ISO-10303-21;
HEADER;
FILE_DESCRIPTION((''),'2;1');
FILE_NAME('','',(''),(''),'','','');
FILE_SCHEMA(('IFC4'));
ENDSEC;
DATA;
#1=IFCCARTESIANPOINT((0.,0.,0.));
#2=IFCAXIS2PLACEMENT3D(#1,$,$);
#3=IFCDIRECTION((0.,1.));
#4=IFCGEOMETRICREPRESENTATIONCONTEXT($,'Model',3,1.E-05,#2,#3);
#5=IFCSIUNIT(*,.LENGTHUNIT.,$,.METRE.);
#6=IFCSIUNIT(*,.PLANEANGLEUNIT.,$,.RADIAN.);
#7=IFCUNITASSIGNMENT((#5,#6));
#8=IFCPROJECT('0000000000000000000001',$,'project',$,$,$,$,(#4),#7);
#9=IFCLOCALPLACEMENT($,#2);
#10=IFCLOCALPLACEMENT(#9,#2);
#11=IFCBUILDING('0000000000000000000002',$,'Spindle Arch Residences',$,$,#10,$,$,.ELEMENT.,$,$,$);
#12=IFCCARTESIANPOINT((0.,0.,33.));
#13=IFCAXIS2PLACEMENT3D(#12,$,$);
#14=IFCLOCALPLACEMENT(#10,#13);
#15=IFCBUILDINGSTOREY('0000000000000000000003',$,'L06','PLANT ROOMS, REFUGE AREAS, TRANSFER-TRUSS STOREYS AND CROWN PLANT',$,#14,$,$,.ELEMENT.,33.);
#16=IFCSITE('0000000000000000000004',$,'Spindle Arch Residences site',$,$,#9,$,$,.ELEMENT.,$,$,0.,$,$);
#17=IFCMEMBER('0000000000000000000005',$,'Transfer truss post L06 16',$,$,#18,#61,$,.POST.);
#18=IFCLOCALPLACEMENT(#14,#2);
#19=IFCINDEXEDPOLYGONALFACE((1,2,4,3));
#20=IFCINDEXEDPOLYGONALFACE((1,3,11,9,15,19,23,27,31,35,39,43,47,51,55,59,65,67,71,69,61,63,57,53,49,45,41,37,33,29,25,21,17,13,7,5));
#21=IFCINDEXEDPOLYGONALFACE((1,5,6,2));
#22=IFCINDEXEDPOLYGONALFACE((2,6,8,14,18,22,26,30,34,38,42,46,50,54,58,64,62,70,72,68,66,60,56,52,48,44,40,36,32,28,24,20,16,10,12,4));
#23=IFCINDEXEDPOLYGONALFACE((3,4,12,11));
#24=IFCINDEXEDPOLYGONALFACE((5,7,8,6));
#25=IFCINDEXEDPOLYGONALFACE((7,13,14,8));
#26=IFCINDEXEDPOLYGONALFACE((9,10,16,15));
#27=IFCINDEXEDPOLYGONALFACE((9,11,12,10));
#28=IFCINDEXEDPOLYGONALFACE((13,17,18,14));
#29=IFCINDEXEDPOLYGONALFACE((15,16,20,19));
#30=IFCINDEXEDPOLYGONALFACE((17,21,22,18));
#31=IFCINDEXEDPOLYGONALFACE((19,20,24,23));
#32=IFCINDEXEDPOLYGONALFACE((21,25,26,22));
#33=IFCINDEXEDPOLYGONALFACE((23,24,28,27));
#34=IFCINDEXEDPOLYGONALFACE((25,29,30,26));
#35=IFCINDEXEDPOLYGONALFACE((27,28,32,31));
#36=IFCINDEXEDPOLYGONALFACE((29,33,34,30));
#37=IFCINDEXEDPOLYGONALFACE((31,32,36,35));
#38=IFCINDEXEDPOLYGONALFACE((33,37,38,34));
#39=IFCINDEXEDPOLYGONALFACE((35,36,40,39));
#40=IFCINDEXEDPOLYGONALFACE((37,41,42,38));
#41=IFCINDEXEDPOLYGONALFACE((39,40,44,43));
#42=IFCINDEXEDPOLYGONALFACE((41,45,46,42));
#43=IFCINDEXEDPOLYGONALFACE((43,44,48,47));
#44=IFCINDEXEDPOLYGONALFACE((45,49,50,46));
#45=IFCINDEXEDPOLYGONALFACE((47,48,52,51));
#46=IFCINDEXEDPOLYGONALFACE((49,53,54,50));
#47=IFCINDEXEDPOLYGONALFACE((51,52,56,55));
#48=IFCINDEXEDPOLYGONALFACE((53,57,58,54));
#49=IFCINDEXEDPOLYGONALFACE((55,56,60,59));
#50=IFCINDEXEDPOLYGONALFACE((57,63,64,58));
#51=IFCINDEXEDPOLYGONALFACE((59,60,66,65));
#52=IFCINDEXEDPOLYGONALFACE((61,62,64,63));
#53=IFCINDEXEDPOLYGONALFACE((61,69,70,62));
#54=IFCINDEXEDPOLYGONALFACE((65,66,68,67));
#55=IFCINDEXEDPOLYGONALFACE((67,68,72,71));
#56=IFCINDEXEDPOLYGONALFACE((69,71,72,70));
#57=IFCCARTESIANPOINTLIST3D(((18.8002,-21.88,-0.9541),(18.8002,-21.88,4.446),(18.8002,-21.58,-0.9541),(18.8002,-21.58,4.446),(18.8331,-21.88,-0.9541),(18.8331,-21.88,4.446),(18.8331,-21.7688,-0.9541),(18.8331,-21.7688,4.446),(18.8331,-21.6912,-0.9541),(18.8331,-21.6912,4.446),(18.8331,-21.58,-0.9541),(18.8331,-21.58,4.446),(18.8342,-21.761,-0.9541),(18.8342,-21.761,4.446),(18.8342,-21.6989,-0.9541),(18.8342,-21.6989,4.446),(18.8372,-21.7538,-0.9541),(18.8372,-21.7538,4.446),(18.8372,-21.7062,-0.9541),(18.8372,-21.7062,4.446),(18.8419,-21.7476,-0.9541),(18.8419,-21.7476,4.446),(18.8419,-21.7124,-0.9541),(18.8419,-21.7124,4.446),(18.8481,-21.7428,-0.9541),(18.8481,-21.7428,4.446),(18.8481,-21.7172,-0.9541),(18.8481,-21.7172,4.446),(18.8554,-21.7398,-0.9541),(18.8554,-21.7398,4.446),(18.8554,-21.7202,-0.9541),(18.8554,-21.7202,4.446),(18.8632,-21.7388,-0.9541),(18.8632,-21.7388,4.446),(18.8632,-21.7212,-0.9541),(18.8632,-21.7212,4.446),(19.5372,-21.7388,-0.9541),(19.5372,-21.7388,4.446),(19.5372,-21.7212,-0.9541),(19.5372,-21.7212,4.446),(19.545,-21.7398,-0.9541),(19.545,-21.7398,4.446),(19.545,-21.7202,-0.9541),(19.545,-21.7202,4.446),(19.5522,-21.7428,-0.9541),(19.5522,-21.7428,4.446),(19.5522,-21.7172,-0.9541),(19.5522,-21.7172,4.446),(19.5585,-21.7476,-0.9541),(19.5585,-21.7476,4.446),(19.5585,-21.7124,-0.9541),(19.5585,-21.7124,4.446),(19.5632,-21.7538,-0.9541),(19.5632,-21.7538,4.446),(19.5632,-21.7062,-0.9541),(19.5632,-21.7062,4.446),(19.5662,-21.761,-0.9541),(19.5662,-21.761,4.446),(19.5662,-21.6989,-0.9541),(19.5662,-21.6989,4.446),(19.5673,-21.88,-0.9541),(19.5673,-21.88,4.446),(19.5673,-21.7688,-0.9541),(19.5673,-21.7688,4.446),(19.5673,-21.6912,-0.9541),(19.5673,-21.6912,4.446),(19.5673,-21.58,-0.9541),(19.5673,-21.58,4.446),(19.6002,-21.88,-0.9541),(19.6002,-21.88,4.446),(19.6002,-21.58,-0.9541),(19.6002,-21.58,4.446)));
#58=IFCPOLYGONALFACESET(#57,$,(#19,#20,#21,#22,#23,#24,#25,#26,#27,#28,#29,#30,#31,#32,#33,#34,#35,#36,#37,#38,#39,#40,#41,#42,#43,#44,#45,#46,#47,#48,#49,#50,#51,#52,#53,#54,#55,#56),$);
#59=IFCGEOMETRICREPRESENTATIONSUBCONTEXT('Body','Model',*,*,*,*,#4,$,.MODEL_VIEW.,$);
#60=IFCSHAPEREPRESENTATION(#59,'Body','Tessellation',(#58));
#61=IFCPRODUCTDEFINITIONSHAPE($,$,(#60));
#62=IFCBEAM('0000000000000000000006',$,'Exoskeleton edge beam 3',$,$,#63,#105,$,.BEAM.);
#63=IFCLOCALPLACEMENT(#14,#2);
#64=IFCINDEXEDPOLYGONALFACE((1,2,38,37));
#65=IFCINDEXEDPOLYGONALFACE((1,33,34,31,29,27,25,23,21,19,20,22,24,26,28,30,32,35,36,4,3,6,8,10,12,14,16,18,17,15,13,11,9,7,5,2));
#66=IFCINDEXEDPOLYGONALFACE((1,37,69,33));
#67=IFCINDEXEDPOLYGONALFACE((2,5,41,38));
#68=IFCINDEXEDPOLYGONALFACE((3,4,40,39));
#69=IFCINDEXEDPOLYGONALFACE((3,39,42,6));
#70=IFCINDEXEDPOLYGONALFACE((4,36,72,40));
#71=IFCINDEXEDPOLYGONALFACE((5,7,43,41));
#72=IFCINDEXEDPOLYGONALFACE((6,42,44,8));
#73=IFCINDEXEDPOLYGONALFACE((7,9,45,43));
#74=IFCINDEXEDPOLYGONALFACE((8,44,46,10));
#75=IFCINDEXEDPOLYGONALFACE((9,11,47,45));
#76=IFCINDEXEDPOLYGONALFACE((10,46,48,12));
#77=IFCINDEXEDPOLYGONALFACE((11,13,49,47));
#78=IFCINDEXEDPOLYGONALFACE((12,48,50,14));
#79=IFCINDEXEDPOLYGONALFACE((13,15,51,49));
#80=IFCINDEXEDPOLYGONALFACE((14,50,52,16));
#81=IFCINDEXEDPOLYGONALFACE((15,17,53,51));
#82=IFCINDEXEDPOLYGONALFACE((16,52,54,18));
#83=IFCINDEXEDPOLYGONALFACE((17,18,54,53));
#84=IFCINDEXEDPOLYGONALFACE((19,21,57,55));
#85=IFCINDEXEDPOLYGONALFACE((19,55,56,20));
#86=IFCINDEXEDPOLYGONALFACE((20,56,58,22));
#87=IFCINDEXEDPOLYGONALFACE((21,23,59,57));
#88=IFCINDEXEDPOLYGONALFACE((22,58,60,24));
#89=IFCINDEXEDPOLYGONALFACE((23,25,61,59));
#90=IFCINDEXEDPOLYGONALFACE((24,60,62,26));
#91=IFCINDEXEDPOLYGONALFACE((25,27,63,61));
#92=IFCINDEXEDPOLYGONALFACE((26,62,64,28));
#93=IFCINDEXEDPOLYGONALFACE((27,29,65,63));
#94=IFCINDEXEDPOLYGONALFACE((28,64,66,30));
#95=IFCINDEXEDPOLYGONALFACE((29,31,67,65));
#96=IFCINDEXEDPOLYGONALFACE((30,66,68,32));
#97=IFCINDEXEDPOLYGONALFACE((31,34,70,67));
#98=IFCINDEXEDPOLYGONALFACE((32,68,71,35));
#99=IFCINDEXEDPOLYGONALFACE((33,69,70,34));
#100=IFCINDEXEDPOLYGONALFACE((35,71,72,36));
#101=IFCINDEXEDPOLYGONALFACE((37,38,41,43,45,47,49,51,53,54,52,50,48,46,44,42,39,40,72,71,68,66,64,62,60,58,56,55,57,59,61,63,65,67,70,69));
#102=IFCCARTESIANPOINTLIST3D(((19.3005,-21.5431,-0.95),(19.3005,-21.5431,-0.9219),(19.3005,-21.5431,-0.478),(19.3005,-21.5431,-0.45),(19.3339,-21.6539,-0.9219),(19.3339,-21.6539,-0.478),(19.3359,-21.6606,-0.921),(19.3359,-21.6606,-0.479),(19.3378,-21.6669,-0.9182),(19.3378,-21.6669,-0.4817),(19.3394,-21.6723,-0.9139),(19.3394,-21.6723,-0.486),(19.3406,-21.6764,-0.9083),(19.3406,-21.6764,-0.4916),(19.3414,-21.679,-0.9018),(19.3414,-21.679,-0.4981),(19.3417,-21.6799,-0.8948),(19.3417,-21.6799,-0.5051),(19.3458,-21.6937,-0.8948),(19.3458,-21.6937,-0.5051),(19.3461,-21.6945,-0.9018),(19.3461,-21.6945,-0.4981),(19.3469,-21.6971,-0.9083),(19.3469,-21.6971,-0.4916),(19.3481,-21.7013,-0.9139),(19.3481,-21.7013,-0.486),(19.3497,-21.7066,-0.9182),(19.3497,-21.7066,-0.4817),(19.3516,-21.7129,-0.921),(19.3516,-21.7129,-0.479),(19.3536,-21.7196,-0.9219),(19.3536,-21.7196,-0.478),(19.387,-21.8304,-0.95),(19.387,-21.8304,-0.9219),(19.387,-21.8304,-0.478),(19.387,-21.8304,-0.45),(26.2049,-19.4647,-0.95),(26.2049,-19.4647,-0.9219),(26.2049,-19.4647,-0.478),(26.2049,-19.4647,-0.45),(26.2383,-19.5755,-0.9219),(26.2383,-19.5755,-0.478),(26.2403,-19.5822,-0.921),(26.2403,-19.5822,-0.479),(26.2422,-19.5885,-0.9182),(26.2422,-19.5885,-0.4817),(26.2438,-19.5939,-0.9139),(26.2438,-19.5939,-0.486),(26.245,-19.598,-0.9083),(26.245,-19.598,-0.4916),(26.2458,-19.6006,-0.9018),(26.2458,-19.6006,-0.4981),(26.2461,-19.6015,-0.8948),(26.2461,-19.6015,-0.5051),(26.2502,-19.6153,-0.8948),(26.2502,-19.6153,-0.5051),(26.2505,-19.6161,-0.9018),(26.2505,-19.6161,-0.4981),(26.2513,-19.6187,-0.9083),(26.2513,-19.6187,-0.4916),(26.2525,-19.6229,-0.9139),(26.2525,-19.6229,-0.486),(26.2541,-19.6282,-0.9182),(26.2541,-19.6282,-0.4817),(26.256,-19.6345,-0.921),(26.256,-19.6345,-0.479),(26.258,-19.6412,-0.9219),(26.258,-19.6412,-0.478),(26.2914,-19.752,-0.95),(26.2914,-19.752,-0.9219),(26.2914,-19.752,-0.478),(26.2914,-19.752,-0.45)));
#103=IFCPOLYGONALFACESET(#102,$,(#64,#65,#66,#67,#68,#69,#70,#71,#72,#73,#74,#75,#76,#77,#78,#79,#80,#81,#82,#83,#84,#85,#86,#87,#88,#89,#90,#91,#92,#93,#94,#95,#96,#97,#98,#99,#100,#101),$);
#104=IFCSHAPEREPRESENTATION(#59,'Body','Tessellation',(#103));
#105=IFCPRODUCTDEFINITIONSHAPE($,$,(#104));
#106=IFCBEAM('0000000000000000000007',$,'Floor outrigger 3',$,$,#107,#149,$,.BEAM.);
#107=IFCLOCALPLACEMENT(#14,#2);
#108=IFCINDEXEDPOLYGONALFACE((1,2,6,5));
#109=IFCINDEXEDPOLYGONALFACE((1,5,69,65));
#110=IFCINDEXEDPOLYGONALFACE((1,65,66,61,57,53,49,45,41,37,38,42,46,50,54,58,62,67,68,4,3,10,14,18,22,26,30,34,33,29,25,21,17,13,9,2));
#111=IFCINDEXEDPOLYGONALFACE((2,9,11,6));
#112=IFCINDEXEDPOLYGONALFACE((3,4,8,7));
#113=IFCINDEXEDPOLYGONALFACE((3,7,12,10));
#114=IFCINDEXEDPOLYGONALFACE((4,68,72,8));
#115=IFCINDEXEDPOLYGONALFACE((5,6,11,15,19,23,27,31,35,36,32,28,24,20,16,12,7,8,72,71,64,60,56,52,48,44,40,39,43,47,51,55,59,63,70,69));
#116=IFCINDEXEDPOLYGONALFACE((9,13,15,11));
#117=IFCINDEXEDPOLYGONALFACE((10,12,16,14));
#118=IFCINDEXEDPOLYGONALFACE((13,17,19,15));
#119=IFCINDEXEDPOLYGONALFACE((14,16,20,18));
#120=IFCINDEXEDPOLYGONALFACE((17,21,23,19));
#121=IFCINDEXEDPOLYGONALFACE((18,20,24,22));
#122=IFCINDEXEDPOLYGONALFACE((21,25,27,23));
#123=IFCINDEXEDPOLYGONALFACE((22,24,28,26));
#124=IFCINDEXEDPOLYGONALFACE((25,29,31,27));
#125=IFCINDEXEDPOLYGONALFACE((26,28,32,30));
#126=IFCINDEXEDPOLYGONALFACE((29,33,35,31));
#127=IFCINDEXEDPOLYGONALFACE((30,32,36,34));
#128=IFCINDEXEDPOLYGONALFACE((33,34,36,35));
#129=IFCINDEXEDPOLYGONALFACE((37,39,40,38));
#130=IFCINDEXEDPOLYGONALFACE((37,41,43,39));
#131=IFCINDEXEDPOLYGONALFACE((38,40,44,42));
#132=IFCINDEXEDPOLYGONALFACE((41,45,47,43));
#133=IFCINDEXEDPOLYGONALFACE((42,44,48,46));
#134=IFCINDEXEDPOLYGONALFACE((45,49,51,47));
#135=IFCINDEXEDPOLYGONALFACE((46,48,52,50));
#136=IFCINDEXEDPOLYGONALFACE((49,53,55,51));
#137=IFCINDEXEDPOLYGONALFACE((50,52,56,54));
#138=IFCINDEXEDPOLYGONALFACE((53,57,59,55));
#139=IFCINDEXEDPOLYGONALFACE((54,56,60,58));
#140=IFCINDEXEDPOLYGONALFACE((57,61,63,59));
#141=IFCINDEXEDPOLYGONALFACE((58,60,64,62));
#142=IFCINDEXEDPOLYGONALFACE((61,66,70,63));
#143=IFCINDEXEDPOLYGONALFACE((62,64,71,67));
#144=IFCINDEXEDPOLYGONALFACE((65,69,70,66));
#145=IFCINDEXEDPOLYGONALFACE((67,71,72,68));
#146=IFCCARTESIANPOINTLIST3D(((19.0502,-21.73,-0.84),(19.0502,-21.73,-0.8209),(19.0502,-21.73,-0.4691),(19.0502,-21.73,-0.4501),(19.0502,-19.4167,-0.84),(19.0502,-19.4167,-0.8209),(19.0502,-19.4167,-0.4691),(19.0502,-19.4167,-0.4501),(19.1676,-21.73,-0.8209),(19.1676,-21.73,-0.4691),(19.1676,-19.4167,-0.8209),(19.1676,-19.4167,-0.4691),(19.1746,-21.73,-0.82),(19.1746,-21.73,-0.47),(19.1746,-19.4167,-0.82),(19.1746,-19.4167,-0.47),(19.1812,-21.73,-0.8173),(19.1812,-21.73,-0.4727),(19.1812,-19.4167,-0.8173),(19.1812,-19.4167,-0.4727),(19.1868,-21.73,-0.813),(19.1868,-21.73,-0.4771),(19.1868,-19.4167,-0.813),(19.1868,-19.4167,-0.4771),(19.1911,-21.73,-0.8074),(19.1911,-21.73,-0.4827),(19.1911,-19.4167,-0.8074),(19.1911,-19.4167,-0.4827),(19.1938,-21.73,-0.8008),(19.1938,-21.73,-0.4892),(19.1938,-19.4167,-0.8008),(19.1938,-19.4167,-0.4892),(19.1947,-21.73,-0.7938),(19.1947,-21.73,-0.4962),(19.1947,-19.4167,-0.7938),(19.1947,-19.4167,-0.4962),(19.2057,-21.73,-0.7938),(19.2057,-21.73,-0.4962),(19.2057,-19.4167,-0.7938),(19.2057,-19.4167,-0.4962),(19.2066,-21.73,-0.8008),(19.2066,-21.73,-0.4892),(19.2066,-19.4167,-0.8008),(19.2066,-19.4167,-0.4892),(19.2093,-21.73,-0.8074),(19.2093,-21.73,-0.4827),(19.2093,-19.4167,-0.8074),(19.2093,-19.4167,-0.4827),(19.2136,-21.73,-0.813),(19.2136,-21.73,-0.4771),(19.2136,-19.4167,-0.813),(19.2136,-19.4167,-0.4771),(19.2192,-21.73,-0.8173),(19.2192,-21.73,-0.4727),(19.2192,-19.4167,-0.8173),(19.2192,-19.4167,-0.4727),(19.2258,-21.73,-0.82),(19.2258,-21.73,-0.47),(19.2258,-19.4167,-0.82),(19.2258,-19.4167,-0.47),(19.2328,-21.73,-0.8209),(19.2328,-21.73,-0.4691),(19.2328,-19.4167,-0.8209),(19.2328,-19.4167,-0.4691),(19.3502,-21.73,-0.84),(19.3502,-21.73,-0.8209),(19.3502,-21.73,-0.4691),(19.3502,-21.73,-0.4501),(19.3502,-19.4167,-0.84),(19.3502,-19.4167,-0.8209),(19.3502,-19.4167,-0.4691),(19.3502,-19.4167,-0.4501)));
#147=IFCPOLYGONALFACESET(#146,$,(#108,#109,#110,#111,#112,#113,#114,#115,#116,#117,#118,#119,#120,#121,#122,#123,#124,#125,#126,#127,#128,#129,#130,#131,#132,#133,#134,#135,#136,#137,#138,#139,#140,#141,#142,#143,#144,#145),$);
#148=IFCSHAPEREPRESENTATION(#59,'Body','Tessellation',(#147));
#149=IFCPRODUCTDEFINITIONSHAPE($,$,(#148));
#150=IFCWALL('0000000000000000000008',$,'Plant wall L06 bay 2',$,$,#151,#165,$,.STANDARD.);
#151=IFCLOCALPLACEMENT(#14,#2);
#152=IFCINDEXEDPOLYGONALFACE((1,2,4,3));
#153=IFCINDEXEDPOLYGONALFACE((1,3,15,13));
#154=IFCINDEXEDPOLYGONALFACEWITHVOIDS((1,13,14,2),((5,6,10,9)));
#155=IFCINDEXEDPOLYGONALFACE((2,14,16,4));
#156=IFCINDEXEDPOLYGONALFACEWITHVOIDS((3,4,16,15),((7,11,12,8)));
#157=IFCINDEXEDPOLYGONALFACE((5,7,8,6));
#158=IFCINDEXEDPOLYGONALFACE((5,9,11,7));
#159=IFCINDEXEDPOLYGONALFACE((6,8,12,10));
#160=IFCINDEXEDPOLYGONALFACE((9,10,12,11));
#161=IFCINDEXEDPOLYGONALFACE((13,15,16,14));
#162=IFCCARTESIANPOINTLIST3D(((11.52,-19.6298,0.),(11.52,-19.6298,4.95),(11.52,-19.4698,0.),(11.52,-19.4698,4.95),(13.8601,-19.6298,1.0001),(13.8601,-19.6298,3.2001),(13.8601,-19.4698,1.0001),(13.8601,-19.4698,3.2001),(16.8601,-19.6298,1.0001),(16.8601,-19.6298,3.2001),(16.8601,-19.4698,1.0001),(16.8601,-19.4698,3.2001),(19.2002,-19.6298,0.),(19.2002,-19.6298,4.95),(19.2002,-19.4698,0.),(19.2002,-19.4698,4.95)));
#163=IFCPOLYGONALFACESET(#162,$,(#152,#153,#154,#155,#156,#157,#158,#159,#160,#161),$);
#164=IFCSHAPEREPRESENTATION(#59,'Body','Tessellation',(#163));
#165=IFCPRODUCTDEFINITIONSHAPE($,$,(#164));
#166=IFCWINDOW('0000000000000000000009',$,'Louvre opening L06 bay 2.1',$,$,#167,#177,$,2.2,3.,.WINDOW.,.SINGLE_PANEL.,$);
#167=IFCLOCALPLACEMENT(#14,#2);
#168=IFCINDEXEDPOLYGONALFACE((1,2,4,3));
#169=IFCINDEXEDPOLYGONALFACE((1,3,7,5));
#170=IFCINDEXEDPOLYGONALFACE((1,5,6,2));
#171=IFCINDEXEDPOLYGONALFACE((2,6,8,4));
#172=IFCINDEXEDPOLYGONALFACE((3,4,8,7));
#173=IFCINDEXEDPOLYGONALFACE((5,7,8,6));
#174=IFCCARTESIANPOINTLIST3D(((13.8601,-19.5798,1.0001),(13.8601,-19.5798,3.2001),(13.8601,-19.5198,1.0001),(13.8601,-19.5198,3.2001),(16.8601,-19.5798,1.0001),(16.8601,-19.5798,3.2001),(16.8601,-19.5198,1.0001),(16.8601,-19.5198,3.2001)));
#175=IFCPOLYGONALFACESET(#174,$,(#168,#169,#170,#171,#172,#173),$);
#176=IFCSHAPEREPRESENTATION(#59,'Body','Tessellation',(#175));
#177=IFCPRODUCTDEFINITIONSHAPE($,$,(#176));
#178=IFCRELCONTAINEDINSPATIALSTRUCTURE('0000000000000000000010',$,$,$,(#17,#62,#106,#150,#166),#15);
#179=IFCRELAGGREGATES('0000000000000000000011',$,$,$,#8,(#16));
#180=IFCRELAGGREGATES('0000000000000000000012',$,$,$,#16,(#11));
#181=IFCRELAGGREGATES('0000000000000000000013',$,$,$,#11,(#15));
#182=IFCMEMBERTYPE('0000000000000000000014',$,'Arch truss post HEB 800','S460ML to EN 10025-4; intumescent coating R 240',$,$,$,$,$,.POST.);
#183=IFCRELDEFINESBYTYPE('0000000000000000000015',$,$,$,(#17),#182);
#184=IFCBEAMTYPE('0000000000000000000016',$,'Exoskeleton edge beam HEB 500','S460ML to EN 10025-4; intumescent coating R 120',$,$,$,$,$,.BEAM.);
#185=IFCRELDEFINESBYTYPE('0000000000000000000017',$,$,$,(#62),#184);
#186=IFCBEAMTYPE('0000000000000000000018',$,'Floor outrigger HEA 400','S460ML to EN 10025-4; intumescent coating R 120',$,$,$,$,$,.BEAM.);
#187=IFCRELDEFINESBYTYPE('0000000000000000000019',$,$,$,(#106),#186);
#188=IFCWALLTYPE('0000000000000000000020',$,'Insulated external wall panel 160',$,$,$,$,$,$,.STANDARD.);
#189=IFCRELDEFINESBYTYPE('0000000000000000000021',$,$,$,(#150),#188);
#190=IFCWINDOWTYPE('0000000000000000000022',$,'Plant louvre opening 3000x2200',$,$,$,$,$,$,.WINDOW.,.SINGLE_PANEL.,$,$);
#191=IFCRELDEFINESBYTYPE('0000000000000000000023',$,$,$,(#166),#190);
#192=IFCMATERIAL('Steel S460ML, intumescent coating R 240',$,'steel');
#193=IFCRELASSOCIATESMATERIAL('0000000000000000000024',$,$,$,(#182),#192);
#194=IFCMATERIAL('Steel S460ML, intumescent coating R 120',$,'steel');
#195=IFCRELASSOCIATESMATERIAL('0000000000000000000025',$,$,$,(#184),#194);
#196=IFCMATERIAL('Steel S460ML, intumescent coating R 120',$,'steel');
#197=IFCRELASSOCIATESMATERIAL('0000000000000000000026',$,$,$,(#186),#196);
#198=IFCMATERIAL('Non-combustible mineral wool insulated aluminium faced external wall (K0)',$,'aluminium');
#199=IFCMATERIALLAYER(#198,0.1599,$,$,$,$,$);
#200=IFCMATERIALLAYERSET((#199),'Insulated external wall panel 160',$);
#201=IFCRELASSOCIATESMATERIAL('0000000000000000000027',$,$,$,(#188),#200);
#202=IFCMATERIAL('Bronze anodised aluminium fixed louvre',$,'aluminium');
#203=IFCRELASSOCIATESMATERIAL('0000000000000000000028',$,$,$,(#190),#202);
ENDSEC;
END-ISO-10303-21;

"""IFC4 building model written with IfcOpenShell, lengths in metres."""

from ifc_helpers import new_model, si_unit, direction, frame, frame_2d, origin, origin_2d, place, context, subcontext, project, spatial, rectangle, i_section, extrude, material, layer, layer_set, material_profile, profile_set, type_object, element, fill, save


model = new_model("IFC4")

# Units and contexts
model_context = context("Model", 3, precision=1e-05, world=origin(), true_north=direction((0.0, 1.0)))
body_context = subcontext(model_context, "Body", "Model", "MODEL_VIEW")
ifc_project = project(units=[si_unit("LENGTHUNIT", "METRE"), si_unit("PLANEANGLEUNIT", "RADIAN")], contexts=[model_context])

# Site, building, storey
site_placement = place(None, origin())
site = spatial("IfcSite", under=ifc_project, at=site_placement, Name="Spindle Arch Residences site", CompositionType="ELEMENT", RefElevation=0.0)
building_placement = place(site_placement, origin())
building = spatial("IfcBuilding", under=site, at=building_placement, Name="Spindle Arch Residences", CompositionType="ELEMENT")
storey_placement = place(building_placement, frame((0.0, 0.0, 33.0)))
storey = spatial("IfcBuildingStorey", under=building, at=storey_placement, Name="L06", Description="PLANT ROOMS, REFUGE AREAS, TRANSFER-TRUSS STOREYS AND CROWN PLANT", CompositionType="ELEMENT", Elevation=33.0)

# Member
ifc_material_1 = material(Name="Steel S460ML, intumescent coating R 240", Category="steel")
ifc_material_profile_1 = material_profile(ifc_material_1, i_section(OverallWidth=0.3, OverallDepth=0.8, WebThickness=0.0176, FlangeThickness=0.033, FilletRadius=0.03, at=origin_2d()), Name="HEB 800")
ifc_profile_set_1 = profile_set([ifc_material_profile_1], Name="Steel S460ML, intumescent coating R 240")
member_type_1 = type_object("IfcMemberType", Name="Arch truss post HEB 800", Description="S460ML to EN 10025-4; intumescent coating R 240", PredefinedType="POST", material=ifc_profile_set_1)
for number, where, z_axis, x_axis, name in (
    (1, (19.2002, -21.73, -0.9541), (0.0, 0.0, 1.0), (0.0, 1.0, 0.0), "Transfer truss post L06 16"),
):
    element("IfcMember", number, at=place(storey_placement, frame(where, z_axis=z_axis, x_axis=x_axis)), inside=storey, type_object=member_type_1, Name=name, PredefinedType="POST", context=body_context, shape_type="SweptSolid", body=[
        extrude(i_section(OverallWidth=0.3, OverallDepth=0.8, WebThickness=0.0176, FlangeThickness=0.033, FilletRadius=0.03, at=origin_2d()), origin(), (0.0, 0.0, 1.0), 5.4001),
    ])

# Beams
ifc_material_2 = material(Name="Steel S460ML, intumescent coating R 120", Category="steel")
ifc_material_profile_2 = material_profile(ifc_material_2, i_section(OverallWidth=0.3, OverallDepth=0.5, WebThickness=0.0144, FlangeThickness=0.0281, FilletRadius=0.0271, at=origin_2d()), Name="HEB 500")
ifc_profile_set_2 = profile_set([ifc_material_profile_2], Name="Steel S460ML, intumescent coating R 120")
beam_type_1 = type_object("IfcBeamType", Name="Exoskeleton edge beam HEB 500", Description="S460ML to EN 10025-4; intumescent coating R 120", PredefinedType="BEAM", material=ifc_profile_set_2)
beam_1_placement = place(storey_placement, frame((19.3438, -21.6868, -0.7), z_axis=(0.957556, 0.288249, 0.0), x_axis=(-0.288249, 0.957556, 0.0)))
element("IfcBeam", 2, at=beam_1_placement, inside=storey, type_object=beam_type_1, Name="Exoskeleton edge beam 3", PredefinedType="BEAM", context=body_context, shape_type="SweptSolid", body=[
    extrude(i_section(OverallWidth=0.3, OverallDepth=0.5, WebThickness=0.0144, FlangeThickness=0.0281, FilletRadius=0.0271, at=origin_2d()), origin(), (0.0, 0.0, 1.0), 7.2104),
])
ifc_material_3 = material(Name="Steel S460ML, intumescent coating R 120", Category="steel")
ifc_material_profile_3 = material_profile(ifc_material_3, i_section(OverallWidth=0.3, OverallDepth=0.3899, WebThickness=0.011, FlangeThickness=0.019, FilletRadius=0.0271, at=origin_2d()), Name="HEA 400")
ifc_profile_set_3 = profile_set([ifc_material_profile_3], Name="Steel S460ML, intumescent coating R 120")
beam_type_2 = type_object("IfcBeamType", Name="Floor outrigger HEA 400", Description="S460ML to EN 10025-4; intumescent coating R 120", PredefinedType="BEAM", material=ifc_profile_set_3)
beam_2_placement = place(storey_placement, frame((19.2002, -21.73, -0.645), z_axis=(0.0, 1.0, 0.0), x_axis=(-1.0, 0.0, 0.0)))
element("IfcBeam", 3, at=beam_2_placement, inside=storey, type_object=beam_type_2, Name="Floor outrigger 3", PredefinedType="BEAM", context=body_context, shape_type="SweptSolid", body=[
    extrude(i_section(OverallWidth=0.3, OverallDepth=0.3899, WebThickness=0.011, FlangeThickness=0.019, FilletRadius=0.0271, at=origin_2d()), origin(), (0.0, 0.0, 1.0), 2.3132),
])

# Wall, opening, window
ifc_material_4 = material(Name="Non-combustible mineral wool insulated aluminium faced external wall (K0)", Category="aluminium")
ifc_layer_1 = layer(ifc_material_4, 0.1599)
ifc_layer_set_1 = layer_set([ifc_layer_1], Name="Insulated external wall panel 160")
wall_type_1 = type_object("IfcWallType", Name="Insulated external wall panel 160", PredefinedType="STANDARD", material=ifc_layer_set_1)
wall_1_placement = place(storey_placement, frame((11.52, -19.5498, 0.0), z_axis=(0.0, 0.0, 1.0), x_axis=(1.0, 0.0, 0.0)))
wall_1 = element("IfcWall", 4, at=wall_1_placement, inside=storey, type_object=wall_type_1, Name="Plant wall L06 bay 2", PredefinedType="STANDARD", context=body_context, shape_type="SweptSolid", body=[
    extrude(rectangle(XDim=7.6802, YDim=0.1599, at=frame_2d((3.8401, 0.0))), origin(), (0.0, 0.0, 1.0), 4.95),
])
opening_placement = place(wall_1_placement, frame((2.3401, 0.0, 1.0)))
opening = element("IfcOpeningElement", 5, at=opening_placement, cuts=wall_1, PredefinedType="OPENING", context=body_context, shape_type="SweptSolid", body=[
    extrude(rectangle(XDim=3.0, YDim=2.2, at=frame_2d((1.5, 1.1001))), frame((0.0, 0.0898, 0.0), z_axis=(0.0, -1.0, 0.0), x_axis=(1.0, 0.0, 0.0)), (0.0, 0.0, 1.0), 0.1799),
])
ifc_material_5 = material(Name="Bronze anodised aluminium fixed louvre", Category="aluminium")
window_type = type_object("IfcWindowType", Name="Plant louvre opening 3000x2200", PartitioningType="SINGLE_PANEL", PredefinedType="WINDOW", material=ifc_material_5)
window_placement = place(opening_placement, origin())
window = element("IfcWindow", 6, at=window_placement, inside=storey, type_object=window_type, Name="Louvre opening L06 bay 2.1", OverallHeight=2.2, OverallWidth=3.0, PartitioningType="SINGLE_PANEL", PredefinedType="WINDOW", context=body_context, shape_type="SweptSolid", body=[
    extrude(rectangle(XDim=3.0, YDim=2.2, at=frame_2d((1.5, 1.1001))), frame((0.0, 0.03, 0.0), z_axis=(0.0, -1.0, 0.0), x_axis=(1.0, 0.0, 0.0)), (0.0, 0.0, 1.0), 0.0601),
])
fill(opening, window)

save(model, "model.ifc")
